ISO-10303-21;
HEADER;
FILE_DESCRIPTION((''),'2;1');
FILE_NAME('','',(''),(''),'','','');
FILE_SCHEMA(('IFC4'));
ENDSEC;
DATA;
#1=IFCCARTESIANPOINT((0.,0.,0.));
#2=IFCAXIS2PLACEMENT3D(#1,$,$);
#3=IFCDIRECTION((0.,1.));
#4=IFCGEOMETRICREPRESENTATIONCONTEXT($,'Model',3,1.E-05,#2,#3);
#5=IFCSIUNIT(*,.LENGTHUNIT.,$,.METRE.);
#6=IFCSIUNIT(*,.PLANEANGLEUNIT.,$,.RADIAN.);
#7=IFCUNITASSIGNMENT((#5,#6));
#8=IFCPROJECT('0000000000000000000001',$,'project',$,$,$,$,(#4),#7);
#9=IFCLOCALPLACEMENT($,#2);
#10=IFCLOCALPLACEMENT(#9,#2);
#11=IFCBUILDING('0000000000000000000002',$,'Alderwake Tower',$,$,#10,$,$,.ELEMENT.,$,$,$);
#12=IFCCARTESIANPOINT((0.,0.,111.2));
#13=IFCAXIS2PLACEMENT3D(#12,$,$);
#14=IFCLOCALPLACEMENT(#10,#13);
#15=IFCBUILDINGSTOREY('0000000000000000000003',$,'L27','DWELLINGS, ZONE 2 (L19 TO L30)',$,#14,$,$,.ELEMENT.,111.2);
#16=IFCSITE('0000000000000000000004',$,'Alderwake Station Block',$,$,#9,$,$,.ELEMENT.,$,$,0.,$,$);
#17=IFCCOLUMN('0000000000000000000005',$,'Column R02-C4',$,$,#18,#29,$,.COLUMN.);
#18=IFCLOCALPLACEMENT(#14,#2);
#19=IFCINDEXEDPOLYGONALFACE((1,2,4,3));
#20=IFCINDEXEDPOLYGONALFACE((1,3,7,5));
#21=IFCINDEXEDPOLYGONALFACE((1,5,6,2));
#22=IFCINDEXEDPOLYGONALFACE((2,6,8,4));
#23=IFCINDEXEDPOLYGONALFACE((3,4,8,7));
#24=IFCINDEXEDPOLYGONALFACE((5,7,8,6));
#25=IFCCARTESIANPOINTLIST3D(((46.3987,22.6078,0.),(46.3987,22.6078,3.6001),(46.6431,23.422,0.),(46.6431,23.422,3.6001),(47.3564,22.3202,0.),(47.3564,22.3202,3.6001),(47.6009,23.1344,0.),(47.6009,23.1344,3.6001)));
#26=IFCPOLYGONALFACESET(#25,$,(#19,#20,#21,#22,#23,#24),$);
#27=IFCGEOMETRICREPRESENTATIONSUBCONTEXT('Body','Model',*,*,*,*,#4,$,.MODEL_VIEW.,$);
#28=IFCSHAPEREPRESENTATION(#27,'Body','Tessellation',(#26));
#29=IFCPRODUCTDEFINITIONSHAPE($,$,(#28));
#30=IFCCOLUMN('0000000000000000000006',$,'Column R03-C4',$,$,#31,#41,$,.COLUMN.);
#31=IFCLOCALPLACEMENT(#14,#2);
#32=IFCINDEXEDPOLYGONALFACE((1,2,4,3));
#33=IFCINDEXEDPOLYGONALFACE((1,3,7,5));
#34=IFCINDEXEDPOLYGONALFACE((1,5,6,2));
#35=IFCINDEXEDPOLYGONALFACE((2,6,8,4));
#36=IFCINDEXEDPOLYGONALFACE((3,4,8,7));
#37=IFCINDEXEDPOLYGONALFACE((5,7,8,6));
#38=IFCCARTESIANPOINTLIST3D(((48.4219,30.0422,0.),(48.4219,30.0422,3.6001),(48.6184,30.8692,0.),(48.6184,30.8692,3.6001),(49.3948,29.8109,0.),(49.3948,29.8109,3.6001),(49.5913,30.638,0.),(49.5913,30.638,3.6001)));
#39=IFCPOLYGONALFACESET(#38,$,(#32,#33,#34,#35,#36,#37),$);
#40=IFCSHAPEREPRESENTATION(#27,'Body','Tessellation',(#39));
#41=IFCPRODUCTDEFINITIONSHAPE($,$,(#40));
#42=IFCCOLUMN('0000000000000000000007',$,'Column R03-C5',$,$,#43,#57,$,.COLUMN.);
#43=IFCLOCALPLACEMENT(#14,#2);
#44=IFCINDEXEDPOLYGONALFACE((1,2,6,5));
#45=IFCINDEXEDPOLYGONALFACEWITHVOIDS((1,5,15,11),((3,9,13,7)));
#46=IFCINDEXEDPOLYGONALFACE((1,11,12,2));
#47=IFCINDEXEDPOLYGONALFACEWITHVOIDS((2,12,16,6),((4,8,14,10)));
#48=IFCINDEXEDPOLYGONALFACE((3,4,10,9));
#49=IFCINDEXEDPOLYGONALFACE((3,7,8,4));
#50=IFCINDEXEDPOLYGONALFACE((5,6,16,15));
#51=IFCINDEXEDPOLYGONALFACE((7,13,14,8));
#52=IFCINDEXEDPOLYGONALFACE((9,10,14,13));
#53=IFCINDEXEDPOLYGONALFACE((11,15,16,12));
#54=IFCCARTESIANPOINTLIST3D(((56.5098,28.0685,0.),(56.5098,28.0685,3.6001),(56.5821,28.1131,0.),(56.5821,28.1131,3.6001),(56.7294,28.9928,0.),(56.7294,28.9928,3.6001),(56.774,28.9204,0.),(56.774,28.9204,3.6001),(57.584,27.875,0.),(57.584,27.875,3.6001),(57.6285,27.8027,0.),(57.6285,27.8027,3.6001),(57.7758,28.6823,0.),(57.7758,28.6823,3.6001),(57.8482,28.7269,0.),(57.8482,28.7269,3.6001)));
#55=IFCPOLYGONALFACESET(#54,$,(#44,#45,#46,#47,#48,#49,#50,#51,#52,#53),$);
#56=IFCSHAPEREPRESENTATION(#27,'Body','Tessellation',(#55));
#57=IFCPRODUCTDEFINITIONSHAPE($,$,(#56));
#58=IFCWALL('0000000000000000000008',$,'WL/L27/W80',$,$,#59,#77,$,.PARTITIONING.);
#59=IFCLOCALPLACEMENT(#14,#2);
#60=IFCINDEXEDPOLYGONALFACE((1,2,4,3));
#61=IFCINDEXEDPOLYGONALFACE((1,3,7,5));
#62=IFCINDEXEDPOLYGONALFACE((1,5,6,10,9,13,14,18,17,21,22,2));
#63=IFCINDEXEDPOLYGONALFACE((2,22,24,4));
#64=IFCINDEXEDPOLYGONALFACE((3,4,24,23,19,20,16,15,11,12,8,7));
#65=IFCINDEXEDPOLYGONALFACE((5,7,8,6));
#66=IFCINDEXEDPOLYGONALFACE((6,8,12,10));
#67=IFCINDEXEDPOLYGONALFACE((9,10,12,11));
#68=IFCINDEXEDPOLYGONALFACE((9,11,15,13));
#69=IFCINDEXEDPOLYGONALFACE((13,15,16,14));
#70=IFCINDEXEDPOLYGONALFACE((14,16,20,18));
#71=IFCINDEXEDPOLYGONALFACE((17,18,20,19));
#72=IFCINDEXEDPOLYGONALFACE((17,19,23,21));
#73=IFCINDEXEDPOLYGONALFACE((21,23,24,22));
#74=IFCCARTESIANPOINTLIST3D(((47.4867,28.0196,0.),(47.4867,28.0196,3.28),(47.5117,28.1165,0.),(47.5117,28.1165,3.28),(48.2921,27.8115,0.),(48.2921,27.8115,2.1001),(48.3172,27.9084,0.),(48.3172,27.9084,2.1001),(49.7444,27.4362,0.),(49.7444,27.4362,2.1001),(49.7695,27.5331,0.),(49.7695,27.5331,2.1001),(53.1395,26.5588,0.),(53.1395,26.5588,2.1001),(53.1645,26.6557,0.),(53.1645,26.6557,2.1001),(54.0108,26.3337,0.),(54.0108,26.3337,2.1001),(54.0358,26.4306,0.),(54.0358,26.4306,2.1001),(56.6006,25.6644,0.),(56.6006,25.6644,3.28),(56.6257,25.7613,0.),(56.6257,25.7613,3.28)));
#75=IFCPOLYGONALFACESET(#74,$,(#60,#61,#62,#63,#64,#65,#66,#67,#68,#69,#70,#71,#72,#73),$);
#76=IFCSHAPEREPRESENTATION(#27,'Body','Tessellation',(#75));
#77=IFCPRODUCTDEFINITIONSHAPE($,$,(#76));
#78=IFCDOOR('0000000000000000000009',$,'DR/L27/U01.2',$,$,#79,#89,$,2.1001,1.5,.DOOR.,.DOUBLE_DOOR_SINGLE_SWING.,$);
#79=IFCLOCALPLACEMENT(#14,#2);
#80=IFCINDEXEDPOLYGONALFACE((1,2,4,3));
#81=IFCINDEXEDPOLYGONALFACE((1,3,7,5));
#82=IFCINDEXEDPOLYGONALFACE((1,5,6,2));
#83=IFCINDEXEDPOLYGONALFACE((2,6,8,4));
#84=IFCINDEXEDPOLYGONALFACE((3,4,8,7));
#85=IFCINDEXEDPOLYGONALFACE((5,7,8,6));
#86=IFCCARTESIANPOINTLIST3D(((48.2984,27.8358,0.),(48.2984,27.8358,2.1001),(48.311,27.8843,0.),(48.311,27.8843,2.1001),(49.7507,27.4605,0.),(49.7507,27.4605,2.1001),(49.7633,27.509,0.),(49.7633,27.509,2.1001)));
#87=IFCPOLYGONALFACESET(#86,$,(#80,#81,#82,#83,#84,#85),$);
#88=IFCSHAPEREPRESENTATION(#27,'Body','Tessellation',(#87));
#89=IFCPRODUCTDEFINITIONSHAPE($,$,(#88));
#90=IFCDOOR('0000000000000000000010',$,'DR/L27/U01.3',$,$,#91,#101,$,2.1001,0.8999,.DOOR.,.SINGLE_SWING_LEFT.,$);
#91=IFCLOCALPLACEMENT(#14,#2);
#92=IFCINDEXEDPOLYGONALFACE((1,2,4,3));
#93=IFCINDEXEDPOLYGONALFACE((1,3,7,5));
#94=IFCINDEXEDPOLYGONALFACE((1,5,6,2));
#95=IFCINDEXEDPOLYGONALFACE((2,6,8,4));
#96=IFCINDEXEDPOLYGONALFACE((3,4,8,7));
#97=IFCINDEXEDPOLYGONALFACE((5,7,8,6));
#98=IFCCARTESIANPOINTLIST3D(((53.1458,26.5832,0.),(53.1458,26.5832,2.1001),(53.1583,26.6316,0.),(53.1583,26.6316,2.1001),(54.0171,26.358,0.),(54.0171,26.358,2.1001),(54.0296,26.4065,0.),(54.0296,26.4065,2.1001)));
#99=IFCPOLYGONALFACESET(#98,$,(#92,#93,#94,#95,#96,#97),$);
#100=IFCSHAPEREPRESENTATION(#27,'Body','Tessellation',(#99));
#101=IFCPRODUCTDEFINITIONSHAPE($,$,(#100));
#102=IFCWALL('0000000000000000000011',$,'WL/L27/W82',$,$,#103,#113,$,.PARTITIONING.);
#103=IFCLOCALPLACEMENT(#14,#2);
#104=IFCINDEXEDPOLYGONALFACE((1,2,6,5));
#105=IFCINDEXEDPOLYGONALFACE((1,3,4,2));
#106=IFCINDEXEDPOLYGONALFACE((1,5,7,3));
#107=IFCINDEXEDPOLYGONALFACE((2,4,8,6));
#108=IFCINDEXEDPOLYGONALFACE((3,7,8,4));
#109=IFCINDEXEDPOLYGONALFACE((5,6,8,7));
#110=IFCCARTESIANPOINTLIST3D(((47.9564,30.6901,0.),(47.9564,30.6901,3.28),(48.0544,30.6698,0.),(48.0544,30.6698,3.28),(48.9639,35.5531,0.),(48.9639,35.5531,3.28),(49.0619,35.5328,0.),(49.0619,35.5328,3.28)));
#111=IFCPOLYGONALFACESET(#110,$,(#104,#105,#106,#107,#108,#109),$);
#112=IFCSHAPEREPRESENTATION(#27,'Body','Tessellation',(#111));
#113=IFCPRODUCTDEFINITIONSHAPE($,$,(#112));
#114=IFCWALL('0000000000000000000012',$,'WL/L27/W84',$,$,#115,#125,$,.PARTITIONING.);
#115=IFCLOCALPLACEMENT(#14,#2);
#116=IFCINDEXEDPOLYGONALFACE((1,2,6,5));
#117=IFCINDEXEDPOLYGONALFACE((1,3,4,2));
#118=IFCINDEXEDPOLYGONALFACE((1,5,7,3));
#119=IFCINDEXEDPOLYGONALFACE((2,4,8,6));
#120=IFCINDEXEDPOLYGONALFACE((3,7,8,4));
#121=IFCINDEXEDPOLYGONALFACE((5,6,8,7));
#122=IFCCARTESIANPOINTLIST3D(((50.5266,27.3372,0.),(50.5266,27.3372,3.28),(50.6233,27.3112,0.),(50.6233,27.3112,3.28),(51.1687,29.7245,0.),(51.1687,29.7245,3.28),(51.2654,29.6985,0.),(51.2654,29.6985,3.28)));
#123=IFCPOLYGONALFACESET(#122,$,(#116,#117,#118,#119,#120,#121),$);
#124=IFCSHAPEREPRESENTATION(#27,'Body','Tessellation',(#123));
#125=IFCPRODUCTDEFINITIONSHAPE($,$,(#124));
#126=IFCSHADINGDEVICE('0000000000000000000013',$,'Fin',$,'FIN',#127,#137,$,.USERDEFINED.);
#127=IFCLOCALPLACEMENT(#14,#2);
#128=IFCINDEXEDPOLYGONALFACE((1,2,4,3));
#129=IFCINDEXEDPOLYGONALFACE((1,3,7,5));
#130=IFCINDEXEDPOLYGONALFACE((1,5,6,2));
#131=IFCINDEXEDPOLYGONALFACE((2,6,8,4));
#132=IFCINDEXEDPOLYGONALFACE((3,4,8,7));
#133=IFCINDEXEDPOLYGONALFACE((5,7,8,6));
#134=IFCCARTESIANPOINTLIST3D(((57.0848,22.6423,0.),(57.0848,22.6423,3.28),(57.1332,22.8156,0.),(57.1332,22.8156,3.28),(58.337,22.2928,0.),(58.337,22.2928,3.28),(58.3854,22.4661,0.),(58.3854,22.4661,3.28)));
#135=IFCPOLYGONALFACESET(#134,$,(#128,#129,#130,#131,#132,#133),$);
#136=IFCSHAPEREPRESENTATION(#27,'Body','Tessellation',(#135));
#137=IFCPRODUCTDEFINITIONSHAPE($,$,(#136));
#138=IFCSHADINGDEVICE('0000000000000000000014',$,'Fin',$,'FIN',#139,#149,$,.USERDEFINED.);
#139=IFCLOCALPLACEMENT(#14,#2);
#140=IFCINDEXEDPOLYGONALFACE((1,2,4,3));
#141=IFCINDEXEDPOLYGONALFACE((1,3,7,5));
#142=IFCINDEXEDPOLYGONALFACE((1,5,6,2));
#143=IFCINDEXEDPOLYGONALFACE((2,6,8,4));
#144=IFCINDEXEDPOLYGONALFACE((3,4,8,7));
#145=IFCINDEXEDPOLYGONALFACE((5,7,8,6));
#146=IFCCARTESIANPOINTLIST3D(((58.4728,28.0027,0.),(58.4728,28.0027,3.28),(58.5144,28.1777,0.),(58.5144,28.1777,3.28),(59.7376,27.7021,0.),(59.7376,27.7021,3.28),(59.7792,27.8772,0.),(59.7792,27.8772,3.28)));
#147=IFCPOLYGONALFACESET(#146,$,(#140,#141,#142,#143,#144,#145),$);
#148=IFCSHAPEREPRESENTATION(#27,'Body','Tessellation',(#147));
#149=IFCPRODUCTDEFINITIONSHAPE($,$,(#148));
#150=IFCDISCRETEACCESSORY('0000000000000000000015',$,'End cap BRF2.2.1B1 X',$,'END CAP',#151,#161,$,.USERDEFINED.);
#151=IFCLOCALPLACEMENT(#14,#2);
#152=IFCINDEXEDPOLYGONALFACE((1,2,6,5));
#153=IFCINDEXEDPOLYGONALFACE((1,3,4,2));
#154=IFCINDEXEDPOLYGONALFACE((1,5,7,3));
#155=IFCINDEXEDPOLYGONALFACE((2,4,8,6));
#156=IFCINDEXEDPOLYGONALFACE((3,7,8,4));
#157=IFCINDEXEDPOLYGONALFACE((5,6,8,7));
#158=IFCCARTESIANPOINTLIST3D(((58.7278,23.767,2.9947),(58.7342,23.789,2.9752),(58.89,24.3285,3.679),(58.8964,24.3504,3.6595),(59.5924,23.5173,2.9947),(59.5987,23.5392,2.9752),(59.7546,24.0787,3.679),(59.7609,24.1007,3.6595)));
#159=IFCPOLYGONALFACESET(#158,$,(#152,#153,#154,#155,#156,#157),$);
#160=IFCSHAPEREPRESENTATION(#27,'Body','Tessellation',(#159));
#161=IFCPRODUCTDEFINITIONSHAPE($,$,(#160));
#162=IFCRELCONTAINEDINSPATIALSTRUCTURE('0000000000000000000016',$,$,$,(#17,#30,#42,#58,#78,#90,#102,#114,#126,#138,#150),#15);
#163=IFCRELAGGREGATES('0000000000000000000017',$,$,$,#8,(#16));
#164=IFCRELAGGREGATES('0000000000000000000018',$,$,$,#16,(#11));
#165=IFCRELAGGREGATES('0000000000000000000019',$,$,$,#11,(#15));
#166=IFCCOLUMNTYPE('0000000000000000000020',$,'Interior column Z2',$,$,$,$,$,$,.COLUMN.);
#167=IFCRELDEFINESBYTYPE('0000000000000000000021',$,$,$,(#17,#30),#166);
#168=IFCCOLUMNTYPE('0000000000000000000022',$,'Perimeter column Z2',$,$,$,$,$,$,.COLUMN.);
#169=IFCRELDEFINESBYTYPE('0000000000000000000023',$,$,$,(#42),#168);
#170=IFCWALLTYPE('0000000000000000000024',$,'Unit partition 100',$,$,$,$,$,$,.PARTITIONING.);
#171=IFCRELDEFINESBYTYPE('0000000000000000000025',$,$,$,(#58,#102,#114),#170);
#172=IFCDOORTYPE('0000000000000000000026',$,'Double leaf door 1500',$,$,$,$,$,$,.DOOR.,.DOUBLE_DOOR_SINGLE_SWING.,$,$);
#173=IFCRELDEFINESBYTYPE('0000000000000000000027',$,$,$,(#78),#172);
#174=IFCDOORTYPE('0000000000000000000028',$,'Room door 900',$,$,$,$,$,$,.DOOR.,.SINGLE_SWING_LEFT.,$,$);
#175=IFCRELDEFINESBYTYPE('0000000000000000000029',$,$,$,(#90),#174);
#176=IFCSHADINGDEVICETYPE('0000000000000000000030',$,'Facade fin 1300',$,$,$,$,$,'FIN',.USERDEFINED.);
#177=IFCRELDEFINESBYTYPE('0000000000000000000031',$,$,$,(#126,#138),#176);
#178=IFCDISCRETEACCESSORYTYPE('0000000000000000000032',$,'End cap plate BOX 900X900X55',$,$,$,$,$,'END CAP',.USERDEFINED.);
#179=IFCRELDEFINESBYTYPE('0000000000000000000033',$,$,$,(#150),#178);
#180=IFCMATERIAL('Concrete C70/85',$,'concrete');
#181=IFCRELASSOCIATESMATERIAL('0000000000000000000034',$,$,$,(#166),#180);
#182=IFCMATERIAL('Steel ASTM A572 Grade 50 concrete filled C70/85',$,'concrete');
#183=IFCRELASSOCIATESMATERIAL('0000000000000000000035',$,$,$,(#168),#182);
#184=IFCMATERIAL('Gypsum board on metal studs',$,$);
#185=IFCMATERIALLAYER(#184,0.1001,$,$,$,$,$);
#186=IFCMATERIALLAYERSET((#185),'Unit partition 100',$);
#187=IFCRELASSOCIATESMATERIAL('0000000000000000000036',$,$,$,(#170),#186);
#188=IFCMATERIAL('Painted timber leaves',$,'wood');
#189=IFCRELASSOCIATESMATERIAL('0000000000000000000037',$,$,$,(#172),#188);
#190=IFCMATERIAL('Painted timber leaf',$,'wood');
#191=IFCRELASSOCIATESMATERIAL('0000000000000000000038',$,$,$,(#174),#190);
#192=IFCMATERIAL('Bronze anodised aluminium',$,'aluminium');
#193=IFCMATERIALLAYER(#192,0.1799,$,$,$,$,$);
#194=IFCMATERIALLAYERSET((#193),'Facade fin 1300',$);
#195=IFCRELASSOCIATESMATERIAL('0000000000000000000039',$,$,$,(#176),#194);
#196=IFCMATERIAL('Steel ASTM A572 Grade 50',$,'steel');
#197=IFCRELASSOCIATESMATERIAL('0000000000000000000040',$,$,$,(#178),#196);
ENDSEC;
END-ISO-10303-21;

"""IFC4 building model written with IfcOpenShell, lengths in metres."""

from ifc_helpers import new_model, si_unit, direction, frame, frame_2d, origin, origin_2d, place, context, subcontext, project, spatial, rectangle, hollow_rectangle, extrude, material, layer, layer_set, material_profile, profile_set, type_object, element, fill, save


model = new_model("IFC4")

# Units and contexts
model_context = context("Model", 3, precision=1e-05, world=origin(), true_north=direction((0.0, 1.0)))
body_context = subcontext(model_context, "Body", "Model", "MODEL_VIEW")
ifc_project = project(units=[si_unit("LENGTHUNIT", "METRE"), si_unit("PLANEANGLEUNIT", "RADIAN")], contexts=[model_context])

# Site, building, storey
site_placement = place(None, origin())
site = spatial("IfcSite", under=ifc_project, at=site_placement, Name="Alderwake Station Block", CompositionType="ELEMENT", RefElevation=0.0)
building_placement = place(site_placement, origin())
building = spatial("IfcBuilding", under=site, at=building_placement, Name="Alderwake Tower", CompositionType="ELEMENT")
storey_placement = place(building_placement, frame((0.0, 0.0, 111.2)))
storey = spatial("IfcBuildingStorey", under=building, at=storey_placement, Name="L27", Description="DWELLINGS, ZONE 2 (L19 TO L30)", CompositionType="ELEMENT", Elevation=111.2)

# Columns
ifc_material_1 = material(Name="Concrete C70/85", Category="concrete")
ifc_material_profile_1 = material_profile(ifc_material_1, rectangle(XDim=0.8501, YDim=1.0, at=origin_2d()), Name="RC 1000X850")
ifc_profile_set_1 = profile_set([ifc_material_profile_1], Name="Concrete C70/85")
column_type_1 = type_object("IfcColumnType", Name="Interior column Z2", PredefinedType="COLUMN", material=ifc_profile_set_1)
for number, where, z_axis, x_axis, name in (
    (1, (46.9998, 22.8711, 0.0), (0.0, 0.0, 1.0), (0.287549, 0.957766, 0.0), "Column R02-C4"),
    (2, (49.0066, 30.3401, 0.0), (0.0, 0.0, 1.0), (0.231222, 0.972901, 0.0), "Column R03-C4"),
):
    element("IfcColumn", number, at=place(storey_placement, frame(where, z_axis=z_axis, x_axis=x_axis)), inside=storey, type_object=column_type_1, Name=name, PredefinedType="COLUMN", context=body_context, shape_type="SweptSolid", body=[
        extrude(rectangle(XDim=0.8501, YDim=1.0, at=origin_2d()), origin(), (0.0, 0.0, 1.0), 3.6001),
    ])
ifc_material_2 = material(Name="Steel ASTM A572 Grade 50 concrete filled C70/85", Category="concrete")
ifc_material_profile_2 = material_profile(ifc_material_2, hollow_rectangle(XDim=0.95, YDim=1.1499, WallThickness=0.0601, at=origin_2d()), Name="BOX 1150X950X60")
ifc_profile_set_2 = profile_set([ifc_material_profile_2], Name="Steel ASTM A572 Grade 50 concrete filled C70/85")
column_type_2 = type_object("IfcColumnType", Name="Perimeter column Z2", PredefinedType="COLUMN", material=ifc_profile_set_2)
column_placement = place(storey_placement, frame((57.179, 28.3977, 0.0), z_axis=(0.0, 0.0, 1.0), x_axis=(0.231222, 0.972901, 0.0)))
element("IfcColumn", 3, at=column_placement, inside=storey, type_object=column_type_2, Name="Column R03-C5", PredefinedType="COLUMN", context=body_context, shape_type="SweptSolid", body=[
    extrude(hollow_rectangle(XDim=0.95, YDim=1.1499, WallThickness=0.0601, at=origin_2d()), origin(), (0.0, 0.0, 1.0), 3.6001),
])

# Wall, openings, doors
ifc_material_3 = material(Name="Gypsum board on metal studs")
ifc_layer_1 = layer(ifc_material_3, 0.1001)
ifc_layer_set_1 = layer_set([ifc_layer_1], Name="Unit partition 100")
wall_type_1 = type_object("IfcWallType", Name="Unit partition 100", PredefinedType="PARTITIONING", material=ifc_layer_set_1)
wall_1_placement = place(storey_placement, frame((56.613, 25.7129, 0.0), z_axis=(0.0, 0.0, 1.0), x_axis=(-0.968194, 0.250199, 0.0)))
wall_1 = element("IfcWall", 4, at=wall_1_placement, inside=storey, type_object=wall_type_1, Name="WL/L27/W80", PredefinedType="PARTITIONING", context=body_context, shape_type="SweptSolid", body=[
    extrude(rectangle(XDim=9.4133, YDim=0.1001, at=frame_2d((4.7065, 0.0))), origin(), (0.0, 0.0, 1.0), 3.28),
])
opening_1_placement = place(wall_1_placement, frame((7.0813, 0.0, 0.0)))
opening_1 = element("IfcOpeningElement", 5, at=opening_1_placement, cuts=wall_1, PredefinedType="OPENING", context=body_context, shape_type="SweptSolid", body=[
    extrude(rectangle(XDim=1.5, YDim=2.1001, at=frame_2d((0.75, 1.05))), frame((0.0, 0.0601, 0.0), z_axis=(0.0, -1.0, 0.0), x_axis=(1.0, 0.0, 0.0)), (0.0, 0.0, 1.0), 0.1201),
])
opening_2_placement = place(wall_1_placement, frame((2.6748, 0.0, 0.0)))
opening_2 = element("IfcOpeningElement", 6, at=opening_2_placement, cuts=wall_1, PredefinedType="OPENING", context=body_context, shape_type="SweptSolid", body=[
    extrude(rectangle(XDim=0.8999, YDim=2.1001, at=frame_2d((0.45, 1.05))), frame((0.0, 0.0601, 0.0), z_axis=(0.0, -1.0, 0.0), x_axis=(1.0, 0.0, 0.0)), (0.0, 0.0, 1.0), 0.1201),
])
ifc_material_4 = material(Name="Painted timber leaves", Category="wood")
door_type_1 = type_object("IfcDoorType", Name="Double leaf door 1500", OperationType="DOUBLE_DOOR_SINGLE_SWING", PredefinedType="DOOR", material=ifc_material_4)
door_1_placement = place(opening_1_placement, origin())
door_1 = element("IfcDoor", 7, at=door_1_placement, inside=storey, type_object=door_type_1, Name="DR/L27/U01.2", OperationType="DOUBLE_DOOR_SINGLE_SWING", OverallHeight=2.1001, OverallWidth=1.5, PredefinedType="DOOR", context=body_context, shape_type="SweptSolid", body=[
    extrude(rectangle(XDim=1.5, YDim=2.1001, at=frame_2d((0.75, 1.05))), frame((0.0, 0.0249, 0.0), z_axis=(0.0, -1.0, 0.0), x_axis=(1.0, 0.0, 0.0)), (0.0, 0.0, 1.0), 0.05),
])
fill(opening_1, door_1)
ifc_material_5 = material(Name="Painted timber leaf", Category="wood")
door_type_2 = type_object("IfcDoorType", Name="Room door 900", OperationType="SINGLE_SWING_LEFT", PredefinedType="DOOR", material=ifc_material_5)
door_2_placement = place(opening_2_placement, origin())
door_2 = element("IfcDoor", 8, at=door_2_placement, inside=storey, type_object=door_type_2, Name="DR/L27/U01.3", OperationType="SINGLE_SWING_LEFT", OverallHeight=2.1001, OverallWidth=0.8999, PredefinedType="DOOR", context=body_context, shape_type="SweptSolid", body=[
    extrude(rectangle(XDim=0.8999, YDim=2.1001, at=frame_2d((0.45, 1.05))), frame((0.0, 0.0249, 0.0), z_axis=(0.0, -1.0, 0.0), x_axis=(1.0, 0.0, 0.0)), (0.0, 0.0, 1.0), 0.05),
])
fill(opening_2, door_2)

# Walls
wall_2_placement = place(storey_placement, frame((48.0054, 30.6799, 0.0), z_axis=(0.0, 0.0, 1.0), x_axis=(0.20288, 0.979204, 0.0)))
element("IfcWall", 9, at=wall_2_placement, inside=storey, type_object=wall_type_1, Name="WL/L27/W82", PredefinedType="PARTITIONING", context=body_context, shape_type="SweptSolid", body=[
    extrude(rectangle(XDim=4.9663, YDim=0.1001, at=frame_2d((2.4832, 0.0))), origin(), (0.0, 0.0, 1.0), 3.28),
])
wall_3_placement = place(storey_placement, frame((50.575, 27.3242, 0.0), z_axis=(0.0, 0.0, 1.0), x_axis=(0.25974, 0.965679, 0.0)))
element("IfcWall", 10, at=wall_3_placement, inside=storey, type_object=wall_type_1, Name="WL/L27/W84", PredefinedType="PARTITIONING", context=body_context, shape_type="SweptSolid", body=[
    extrude(rectangle(XDim=2.4722, YDim=0.1001, at=frame_2d((1.2361, 0.0))), origin(), (0.0, 0.0, 1.0), 3.28),
])

# Shading devices
ifc_material_6 = material(Name="Bronze anodised aluminium", Category="aluminium")
ifc_layer_2 = layer(ifc_material_6, 0.1799)
ifc_layer_set_2 = layer_set([ifc_layer_2], Name="Facade fin 1300")
shading_device_type = type_object("IfcShadingDeviceType", Name="Facade fin 1300", ElementType="FIN", PredefinedType="USERDEFINED", material=ifc_layer_set_2)
for number, where, z_axis, x_axis, name in (
    (11, (57.7351, 22.5542, 0.0), (0.0, 0.0, 1.0), (0.963182, -0.268851, 0.0), "Fin"),
    (12, (59.126, 27.9399, 0.0), (0.0, 0.0, 1.0), (0.972909, -0.231189, 0.0), "Fin"),
):
    element("IfcShadingDevice", number, at=place(storey_placement, frame(where, z_axis=z_axis, x_axis=x_axis)), inside=storey, type_object=shading_device_type, Name=name, ObjectType="FIN", PredefinedType="USERDEFINED", context=body_context, shape_type="SweptSolid", body=[
        extrude(rectangle(XDim=1.3, YDim=0.1799, at=origin_2d()), origin(), (0.0, 0.0, 1.0), 3.28),
    ])

# Discrete accessory
ifc_material_7 = material(Name="Steel ASTM A572 Grade 50", Category="steel")
ifc_material_profile_3 = material_profile(ifc_material_7, rectangle(XDim=0.8999, YDim=0.8999, at=origin_2d()), Name="BOX 900X900X55 cap")
ifc_profile_set_3 = profile_set([ifc_material_profile_3], Name="Steel ASTM A572 Grade 50")
discrete_accessory_type = type_object("IfcDiscreteAccessoryType", Name="End cap plate BOX 900X900X55", ElementType="END CAP", PredefinedType="USERDEFINED", material=ifc_profile_set_3)
discrete_accessory_placement = place(storey_placement, frame((59.2476, 23.9448, 3.3174), z_axis=(-0.211055, -0.730573, 0.649399), x_axis=(0.960714, -0.27754, 0.0)))
element("IfcDiscreteAccessory", 13, at=discrete_accessory_placement, inside=storey, type_object=discrete_accessory_type, Name="End cap BRF2.2.1B1 X", ObjectType="END CAP", PredefinedType="USERDEFINED", context=body_context, shape_type="SweptSolid", body=[
    extrude(rectangle(XDim=0.8999, YDim=0.8999, at=origin_2d()), origin(), (0.0, 0.0, 1.0), 0.03),
])

save(model, "model.ifc")
